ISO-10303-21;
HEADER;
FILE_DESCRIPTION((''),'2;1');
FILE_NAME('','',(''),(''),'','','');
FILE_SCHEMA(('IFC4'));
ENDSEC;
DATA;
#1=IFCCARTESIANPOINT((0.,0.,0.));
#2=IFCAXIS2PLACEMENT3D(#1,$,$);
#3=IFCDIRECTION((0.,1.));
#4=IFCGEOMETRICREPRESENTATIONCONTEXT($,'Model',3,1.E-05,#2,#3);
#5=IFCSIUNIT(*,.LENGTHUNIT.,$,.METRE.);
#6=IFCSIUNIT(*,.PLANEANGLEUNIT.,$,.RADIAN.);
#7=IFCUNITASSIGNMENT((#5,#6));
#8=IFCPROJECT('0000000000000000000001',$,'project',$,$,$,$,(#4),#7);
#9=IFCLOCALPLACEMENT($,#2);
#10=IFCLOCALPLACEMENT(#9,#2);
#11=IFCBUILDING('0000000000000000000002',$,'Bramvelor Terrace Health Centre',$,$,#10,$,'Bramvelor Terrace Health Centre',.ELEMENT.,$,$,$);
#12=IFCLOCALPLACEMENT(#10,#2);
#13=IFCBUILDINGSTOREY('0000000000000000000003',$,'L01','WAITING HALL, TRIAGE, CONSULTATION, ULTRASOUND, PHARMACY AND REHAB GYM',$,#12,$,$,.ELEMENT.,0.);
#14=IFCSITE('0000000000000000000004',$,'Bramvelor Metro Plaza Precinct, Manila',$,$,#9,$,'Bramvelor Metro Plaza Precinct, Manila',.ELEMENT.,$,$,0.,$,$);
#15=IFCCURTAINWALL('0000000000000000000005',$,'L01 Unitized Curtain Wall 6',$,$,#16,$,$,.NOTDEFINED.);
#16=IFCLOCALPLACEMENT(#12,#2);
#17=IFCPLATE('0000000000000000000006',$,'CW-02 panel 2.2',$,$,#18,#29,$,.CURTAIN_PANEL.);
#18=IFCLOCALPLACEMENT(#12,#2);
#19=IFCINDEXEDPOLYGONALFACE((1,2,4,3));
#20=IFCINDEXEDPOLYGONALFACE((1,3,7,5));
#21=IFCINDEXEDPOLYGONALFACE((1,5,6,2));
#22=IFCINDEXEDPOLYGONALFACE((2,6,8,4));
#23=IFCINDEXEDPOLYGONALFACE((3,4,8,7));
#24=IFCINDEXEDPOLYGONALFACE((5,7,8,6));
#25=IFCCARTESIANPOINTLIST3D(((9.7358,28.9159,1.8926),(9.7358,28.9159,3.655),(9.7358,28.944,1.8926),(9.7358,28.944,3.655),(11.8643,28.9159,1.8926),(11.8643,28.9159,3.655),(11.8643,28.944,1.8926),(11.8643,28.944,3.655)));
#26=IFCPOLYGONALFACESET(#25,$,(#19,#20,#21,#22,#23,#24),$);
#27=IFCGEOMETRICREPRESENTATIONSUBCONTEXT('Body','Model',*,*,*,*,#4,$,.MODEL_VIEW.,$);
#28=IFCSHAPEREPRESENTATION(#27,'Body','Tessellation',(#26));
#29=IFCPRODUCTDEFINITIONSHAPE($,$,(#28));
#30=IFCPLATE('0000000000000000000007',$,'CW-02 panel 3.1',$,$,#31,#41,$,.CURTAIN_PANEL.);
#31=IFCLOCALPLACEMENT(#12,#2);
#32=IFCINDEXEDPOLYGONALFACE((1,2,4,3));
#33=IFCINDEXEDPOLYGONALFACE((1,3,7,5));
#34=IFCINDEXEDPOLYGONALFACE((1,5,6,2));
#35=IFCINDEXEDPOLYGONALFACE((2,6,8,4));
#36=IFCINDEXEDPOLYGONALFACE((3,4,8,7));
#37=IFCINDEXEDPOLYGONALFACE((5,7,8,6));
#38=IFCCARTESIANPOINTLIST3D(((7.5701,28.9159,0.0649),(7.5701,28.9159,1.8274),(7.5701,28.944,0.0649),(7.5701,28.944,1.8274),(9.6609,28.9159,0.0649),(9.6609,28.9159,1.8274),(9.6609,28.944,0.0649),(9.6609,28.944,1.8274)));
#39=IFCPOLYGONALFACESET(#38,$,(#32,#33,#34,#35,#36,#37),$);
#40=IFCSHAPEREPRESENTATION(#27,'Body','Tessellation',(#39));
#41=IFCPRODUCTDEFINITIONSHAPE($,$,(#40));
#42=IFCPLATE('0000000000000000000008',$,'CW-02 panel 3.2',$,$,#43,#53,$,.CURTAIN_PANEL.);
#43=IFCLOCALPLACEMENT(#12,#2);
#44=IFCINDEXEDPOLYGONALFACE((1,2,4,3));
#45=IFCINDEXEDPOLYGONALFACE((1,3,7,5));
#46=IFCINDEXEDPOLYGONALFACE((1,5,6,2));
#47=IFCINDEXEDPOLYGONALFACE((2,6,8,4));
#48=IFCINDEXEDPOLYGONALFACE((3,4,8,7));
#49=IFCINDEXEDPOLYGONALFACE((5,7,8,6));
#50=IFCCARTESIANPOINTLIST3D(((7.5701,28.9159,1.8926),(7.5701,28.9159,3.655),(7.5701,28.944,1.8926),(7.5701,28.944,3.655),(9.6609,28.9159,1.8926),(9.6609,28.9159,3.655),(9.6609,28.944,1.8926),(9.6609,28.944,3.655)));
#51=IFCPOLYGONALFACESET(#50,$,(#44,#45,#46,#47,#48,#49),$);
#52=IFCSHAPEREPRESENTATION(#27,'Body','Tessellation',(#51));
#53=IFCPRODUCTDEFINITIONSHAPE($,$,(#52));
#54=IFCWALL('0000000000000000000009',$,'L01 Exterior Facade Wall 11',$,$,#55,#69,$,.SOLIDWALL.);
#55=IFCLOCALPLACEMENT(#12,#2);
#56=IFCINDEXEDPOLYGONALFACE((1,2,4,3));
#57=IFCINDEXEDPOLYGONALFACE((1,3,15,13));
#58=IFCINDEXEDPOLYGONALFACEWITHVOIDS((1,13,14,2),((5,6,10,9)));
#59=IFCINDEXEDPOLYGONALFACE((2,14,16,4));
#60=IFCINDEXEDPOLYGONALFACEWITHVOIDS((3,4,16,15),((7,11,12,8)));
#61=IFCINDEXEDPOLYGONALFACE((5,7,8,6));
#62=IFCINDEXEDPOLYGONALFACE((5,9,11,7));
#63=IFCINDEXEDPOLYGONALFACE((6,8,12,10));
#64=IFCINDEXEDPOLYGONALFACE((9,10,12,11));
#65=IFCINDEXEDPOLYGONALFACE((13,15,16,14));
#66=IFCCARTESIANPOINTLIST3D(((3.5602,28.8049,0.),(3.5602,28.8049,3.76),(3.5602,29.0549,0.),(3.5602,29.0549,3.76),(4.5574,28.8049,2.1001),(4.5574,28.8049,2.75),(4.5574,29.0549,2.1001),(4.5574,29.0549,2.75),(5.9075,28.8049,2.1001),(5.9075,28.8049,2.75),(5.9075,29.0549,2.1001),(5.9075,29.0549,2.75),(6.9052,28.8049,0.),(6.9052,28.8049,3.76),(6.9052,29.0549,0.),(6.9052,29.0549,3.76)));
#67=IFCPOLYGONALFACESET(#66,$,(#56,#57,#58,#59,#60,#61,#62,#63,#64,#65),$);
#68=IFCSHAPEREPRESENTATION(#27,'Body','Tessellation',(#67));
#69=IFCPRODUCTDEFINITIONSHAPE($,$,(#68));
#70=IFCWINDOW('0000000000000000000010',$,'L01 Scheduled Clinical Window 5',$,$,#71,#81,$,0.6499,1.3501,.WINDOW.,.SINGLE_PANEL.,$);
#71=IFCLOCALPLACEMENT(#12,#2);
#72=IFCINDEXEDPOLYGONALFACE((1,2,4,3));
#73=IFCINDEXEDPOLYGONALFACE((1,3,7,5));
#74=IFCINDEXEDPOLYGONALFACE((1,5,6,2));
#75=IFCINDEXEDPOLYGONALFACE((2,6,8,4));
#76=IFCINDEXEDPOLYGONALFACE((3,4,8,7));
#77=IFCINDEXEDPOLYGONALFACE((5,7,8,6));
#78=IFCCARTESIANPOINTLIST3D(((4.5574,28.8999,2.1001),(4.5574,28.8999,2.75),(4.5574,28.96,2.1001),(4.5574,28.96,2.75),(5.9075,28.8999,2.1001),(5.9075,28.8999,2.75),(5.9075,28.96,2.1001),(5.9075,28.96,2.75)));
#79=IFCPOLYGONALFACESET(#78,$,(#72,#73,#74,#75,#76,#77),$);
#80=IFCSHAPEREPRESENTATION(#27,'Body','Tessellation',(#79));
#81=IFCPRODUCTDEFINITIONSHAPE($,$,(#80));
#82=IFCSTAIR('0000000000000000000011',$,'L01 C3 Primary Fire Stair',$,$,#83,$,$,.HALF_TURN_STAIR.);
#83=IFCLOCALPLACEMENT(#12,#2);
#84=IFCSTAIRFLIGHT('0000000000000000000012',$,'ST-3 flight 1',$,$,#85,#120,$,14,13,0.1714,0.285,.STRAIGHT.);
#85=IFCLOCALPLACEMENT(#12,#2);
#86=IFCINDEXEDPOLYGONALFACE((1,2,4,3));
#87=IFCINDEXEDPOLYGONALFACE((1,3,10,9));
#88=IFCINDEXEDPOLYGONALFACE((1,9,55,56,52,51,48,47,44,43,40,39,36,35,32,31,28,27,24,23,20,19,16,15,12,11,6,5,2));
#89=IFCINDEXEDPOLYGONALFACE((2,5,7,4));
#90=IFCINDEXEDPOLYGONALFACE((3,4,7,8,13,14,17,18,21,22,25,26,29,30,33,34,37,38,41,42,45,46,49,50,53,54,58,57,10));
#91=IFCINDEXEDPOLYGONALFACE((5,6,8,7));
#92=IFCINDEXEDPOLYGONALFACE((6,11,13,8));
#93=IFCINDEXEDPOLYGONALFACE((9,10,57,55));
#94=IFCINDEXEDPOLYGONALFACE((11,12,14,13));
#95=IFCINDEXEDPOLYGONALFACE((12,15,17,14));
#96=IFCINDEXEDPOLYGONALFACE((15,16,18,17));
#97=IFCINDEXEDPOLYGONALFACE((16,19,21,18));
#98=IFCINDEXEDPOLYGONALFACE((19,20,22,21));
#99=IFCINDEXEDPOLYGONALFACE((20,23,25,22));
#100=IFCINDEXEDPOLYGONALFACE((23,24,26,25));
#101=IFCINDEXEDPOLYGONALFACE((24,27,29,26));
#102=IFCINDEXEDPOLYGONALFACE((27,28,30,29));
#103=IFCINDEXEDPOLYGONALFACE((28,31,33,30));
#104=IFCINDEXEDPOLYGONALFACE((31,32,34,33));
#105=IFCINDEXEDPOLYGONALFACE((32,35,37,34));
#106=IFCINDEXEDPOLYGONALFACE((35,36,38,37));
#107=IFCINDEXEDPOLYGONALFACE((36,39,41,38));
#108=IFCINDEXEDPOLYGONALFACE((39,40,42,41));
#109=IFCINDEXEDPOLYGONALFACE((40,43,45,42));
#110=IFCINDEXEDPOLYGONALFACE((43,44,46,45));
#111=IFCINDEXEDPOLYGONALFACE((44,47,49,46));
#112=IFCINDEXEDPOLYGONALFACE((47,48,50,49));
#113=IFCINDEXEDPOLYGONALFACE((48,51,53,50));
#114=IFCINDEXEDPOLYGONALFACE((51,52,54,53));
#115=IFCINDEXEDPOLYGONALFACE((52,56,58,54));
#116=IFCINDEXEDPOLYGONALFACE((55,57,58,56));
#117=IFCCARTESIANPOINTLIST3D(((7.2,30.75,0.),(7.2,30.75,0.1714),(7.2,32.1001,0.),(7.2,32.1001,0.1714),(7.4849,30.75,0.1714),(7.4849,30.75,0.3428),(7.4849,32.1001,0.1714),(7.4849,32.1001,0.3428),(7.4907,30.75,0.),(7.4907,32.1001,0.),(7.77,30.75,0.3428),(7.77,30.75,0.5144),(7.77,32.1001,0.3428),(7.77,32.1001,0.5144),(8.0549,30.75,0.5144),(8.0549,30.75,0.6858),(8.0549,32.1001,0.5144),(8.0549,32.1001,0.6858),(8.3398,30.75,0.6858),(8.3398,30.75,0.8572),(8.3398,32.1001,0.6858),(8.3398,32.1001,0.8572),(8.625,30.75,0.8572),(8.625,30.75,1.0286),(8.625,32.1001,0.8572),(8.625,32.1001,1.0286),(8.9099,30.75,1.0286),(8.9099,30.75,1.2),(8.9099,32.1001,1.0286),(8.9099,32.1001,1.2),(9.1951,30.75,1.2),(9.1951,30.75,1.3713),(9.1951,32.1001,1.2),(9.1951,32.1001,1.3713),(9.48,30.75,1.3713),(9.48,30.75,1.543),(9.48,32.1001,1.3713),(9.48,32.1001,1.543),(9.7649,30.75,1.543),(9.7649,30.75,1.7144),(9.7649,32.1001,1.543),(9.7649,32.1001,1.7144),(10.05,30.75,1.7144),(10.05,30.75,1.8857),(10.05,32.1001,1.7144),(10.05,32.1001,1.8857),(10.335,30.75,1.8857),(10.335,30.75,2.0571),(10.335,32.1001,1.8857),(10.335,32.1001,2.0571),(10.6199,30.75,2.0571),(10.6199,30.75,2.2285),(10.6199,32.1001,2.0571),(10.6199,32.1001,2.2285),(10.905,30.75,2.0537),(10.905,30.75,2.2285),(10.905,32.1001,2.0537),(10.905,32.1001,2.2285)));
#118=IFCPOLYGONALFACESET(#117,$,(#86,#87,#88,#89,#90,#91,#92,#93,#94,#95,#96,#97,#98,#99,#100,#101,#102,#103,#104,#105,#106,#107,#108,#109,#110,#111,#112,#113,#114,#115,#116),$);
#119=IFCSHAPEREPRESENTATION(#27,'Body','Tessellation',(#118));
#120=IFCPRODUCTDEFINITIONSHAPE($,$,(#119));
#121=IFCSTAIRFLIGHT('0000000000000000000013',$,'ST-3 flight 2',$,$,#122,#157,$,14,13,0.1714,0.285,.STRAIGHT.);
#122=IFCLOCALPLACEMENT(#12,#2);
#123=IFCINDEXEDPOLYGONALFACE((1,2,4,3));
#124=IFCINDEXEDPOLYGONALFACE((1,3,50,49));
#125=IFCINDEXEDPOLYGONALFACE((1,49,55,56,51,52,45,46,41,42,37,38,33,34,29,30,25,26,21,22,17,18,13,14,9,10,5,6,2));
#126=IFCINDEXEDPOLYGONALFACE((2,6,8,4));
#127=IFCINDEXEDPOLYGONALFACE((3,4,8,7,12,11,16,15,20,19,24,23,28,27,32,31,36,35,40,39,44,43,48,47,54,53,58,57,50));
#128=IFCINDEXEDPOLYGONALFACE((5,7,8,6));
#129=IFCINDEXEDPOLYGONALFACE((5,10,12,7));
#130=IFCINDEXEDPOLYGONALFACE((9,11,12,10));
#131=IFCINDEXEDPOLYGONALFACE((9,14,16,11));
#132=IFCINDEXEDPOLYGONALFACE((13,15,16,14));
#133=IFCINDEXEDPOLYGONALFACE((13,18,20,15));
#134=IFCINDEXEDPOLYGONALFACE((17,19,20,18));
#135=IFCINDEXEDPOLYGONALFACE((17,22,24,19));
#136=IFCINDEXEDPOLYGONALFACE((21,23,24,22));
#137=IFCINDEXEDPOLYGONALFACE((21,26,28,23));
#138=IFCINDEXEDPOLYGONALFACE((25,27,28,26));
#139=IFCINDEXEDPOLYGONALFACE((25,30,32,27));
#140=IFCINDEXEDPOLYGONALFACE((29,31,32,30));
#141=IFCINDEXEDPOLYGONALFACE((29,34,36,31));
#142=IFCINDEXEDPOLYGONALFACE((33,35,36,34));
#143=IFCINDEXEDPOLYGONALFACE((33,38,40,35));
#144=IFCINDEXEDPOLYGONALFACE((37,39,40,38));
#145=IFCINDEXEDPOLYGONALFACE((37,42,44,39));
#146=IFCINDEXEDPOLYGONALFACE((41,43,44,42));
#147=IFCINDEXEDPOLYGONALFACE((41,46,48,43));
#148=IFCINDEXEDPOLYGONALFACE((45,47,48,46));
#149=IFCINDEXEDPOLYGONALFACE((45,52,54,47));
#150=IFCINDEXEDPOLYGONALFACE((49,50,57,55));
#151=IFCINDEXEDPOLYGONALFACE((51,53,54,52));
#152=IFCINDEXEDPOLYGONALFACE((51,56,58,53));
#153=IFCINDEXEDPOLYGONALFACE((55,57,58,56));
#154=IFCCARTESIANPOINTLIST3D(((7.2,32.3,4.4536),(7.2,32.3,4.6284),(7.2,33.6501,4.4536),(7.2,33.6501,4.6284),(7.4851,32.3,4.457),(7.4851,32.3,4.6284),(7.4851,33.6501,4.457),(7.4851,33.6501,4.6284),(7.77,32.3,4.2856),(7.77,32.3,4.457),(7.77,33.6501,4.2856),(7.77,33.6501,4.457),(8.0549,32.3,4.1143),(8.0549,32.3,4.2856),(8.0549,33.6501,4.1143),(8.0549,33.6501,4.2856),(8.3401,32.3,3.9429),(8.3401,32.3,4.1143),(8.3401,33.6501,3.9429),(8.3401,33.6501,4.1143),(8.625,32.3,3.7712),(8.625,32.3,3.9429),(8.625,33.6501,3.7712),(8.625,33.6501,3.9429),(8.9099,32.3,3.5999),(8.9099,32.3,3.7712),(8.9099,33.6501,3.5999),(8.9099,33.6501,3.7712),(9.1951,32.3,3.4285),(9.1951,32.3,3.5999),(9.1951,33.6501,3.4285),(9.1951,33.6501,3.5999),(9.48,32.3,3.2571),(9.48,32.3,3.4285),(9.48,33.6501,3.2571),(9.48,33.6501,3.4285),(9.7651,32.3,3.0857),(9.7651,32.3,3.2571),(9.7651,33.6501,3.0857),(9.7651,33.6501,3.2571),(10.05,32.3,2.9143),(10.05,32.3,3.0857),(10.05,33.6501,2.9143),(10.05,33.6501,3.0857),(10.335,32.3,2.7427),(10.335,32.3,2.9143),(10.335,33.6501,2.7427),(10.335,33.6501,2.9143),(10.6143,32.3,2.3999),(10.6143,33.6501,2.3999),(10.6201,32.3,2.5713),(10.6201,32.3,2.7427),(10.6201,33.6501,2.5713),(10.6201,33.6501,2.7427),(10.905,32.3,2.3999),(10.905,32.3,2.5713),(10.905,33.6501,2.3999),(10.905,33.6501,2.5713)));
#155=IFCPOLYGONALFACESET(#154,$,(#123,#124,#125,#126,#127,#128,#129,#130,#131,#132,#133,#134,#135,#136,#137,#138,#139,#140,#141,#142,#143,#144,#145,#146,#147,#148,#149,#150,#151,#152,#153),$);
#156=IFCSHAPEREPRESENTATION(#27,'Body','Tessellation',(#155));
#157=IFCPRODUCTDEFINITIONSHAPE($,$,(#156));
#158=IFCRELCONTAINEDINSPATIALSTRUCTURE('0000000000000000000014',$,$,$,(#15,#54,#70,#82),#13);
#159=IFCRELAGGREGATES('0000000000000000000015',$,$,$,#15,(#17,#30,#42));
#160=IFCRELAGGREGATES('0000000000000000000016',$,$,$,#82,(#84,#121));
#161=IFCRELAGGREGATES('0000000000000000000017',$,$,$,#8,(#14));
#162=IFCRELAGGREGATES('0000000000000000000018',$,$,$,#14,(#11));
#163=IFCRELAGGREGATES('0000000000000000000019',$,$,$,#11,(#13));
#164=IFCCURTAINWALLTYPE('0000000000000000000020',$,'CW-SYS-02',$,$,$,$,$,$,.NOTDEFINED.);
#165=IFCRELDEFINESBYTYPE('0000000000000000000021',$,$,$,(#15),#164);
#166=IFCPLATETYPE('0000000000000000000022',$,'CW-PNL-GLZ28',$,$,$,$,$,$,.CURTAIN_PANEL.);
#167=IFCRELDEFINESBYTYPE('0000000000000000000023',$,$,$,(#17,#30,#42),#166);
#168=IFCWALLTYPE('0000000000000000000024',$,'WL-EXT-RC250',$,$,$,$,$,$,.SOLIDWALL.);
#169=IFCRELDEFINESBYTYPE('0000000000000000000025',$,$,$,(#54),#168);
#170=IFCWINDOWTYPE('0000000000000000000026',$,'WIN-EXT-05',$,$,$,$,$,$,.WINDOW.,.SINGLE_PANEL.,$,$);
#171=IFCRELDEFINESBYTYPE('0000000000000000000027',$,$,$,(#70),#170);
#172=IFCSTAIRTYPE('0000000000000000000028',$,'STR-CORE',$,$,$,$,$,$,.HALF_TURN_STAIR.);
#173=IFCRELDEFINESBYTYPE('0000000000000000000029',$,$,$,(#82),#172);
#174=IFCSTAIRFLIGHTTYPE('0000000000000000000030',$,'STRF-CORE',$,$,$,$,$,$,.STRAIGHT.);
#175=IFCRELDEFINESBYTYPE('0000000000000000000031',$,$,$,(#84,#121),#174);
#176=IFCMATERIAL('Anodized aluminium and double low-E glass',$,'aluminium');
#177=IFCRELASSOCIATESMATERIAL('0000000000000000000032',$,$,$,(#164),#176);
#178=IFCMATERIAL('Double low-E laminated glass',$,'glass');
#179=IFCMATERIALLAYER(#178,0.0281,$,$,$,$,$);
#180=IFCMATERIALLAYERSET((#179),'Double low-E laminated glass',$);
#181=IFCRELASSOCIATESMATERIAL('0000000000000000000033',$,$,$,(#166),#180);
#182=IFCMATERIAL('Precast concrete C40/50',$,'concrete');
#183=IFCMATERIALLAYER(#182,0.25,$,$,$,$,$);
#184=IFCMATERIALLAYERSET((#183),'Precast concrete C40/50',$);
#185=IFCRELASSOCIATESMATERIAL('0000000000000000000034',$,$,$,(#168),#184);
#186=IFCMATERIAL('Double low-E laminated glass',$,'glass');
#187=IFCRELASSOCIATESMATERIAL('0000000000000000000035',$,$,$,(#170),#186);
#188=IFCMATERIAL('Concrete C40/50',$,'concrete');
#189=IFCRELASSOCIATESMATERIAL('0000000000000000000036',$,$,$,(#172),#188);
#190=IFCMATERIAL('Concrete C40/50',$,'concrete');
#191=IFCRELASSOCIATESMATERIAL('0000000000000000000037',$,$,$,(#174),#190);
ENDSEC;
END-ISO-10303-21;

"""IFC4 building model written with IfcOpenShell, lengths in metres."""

from ifc_helpers import new_model, si_unit, direction, frame, frame_2d, origin, origin_2d, place, context, subcontext, project, spatial, polyline, rectangle, outline, extrude, material, layer, layer_set, type_object, element, fill, aggregate, save


model = new_model("IFC4")

# Units and contexts
model_context = context("Model", 3, precision=1e-05, world=origin(), true_north=direction((0.0, 1.0)))
body_context = subcontext(model_context, "Body", "Model", "MODEL_VIEW")
ifc_project = project(units=[si_unit("LENGTHUNIT", "METRE"), si_unit("PLANEANGLEUNIT", "RADIAN")], contexts=[model_context])

# Site, building, storey
site_placement = place(None, origin())
site = spatial("IfcSite", under=ifc_project, at=site_placement, Name="Bramvelor Metro Plaza Precinct, Manila", LongName="Bramvelor Metro Plaza Precinct, Manila", CompositionType="ELEMENT", RefElevation=0.0)
building_placement = place(site_placement, origin())
building = spatial("IfcBuilding", under=site, at=building_placement, Name="Bramvelor Terrace Health Centre", LongName="Bramvelor Terrace Health Centre", CompositionType="ELEMENT")
storey_placement = place(building_placement, origin())
storey = spatial("IfcBuildingStorey", under=building, at=storey_placement, Name="L01", Description="WAITING HALL, TRIAGE, CONSULTATION, ULTRASOUND, PHARMACY AND REHAB GYM", CompositionType="ELEMENT", Elevation=0.0)

# Curtain wall, plates
ifc_material_1 = material(Name="Anodized aluminium and double low-E glass", Category="aluminium")
curtain_wall_type = type_object("IfcCurtainWallType", Name="CW-SYS-02", PredefinedType="NOTDEFINED", material=ifc_material_1)
curtain_wall_placement = place(storey_placement, origin())
curtain_wall = element("IfcCurtainWall", 1, at=curtain_wall_placement, inside=storey, type_object=curtain_wall_type, Name="L01 Unitized Curtain Wall 6", PredefinedType="NOTDEFINED")
ifc_material_2 = material(Name="Double low-E laminated glass", Category="glass")
ifc_layer_1 = layer(ifc_material_2, 0.0281)
ifc_layer_set_1 = layer_set([ifc_layer_1], Name="Double low-E laminated glass")
plate_type = type_object("IfcPlateType", Name="CW-PNL-GLZ28", PredefinedType="CURTAIN_PANEL", material=ifc_layer_set_1)
plate_1_placement = place(storey_placement, frame((10.8, 28.9299, 1.8926), z_axis=(0.0, 0.0, 1.0), x_axis=(-1.0, 0.0, 0.0)))
plate_1 = element("IfcPlate", 2, at=plate_1_placement, type_object=plate_type, Name="CW-02 panel 2.2", PredefinedType="CURTAIN_PANEL", context=body_context, shape_type="SweptSolid", body=[
    extrude(rectangle(XDim=2.1284, YDim=0.0281, at=origin_2d()), origin(), (0.0, 0.0, 1.0), 1.7625),
])
plate_2_placement = place(storey_placement, frame((8.6155, 28.9299, 0.0649), z_axis=(0.0, 0.0, 1.0), x_axis=(-1.0, 0.0, 0.0)))
plate_2 = element("IfcPlate", 3, at=plate_2_placement, type_object=plate_type, Name="CW-02 panel 3.1", PredefinedType="CURTAIN_PANEL", context=body_context, shape_type="SweptSolid", body=[
    extrude(rectangle(XDim=2.0908, YDim=0.0281, at=origin_2d()), origin(), (0.0, 0.0, 1.0), 1.7625),
])
plate_3_placement = place(storey_placement, frame((8.6155, 28.9299, 1.8926), z_axis=(0.0, 0.0, 1.0), x_axis=(-1.0, 0.0, 0.0)))
plate_3 = element("IfcPlate", 4, at=plate_3_placement, type_object=plate_type, Name="CW-02 panel 3.2", PredefinedType="CURTAIN_PANEL", context=body_context, shape_type="SweptSolid", body=[
    extrude(rectangle(XDim=2.0908, YDim=0.0281, at=origin_2d()), origin(), (0.0, 0.0, 1.0), 1.7625),
])
aggregate(curtain_wall, [plate_1, plate_2, plate_3])

# Wall, opening, window
ifc_material_3 = material(Name="Precast concrete C40/50", Category="concrete")
ifc_layer_2 = layer(ifc_material_3, 0.25)
ifc_layer_set_2 = layer_set([ifc_layer_2], Name="Precast concrete C40/50")
wall_type = type_object("IfcWallType", Name="WL-EXT-RC250", PredefinedType="SOLIDWALL", material=ifc_layer_set_2)
wall_placement = place(storey_placement, frame((6.905, 28.9299, 0.0), z_axis=(0.0, 0.0, 1.0), x_axis=(-1.0, 0.0, 0.0)))
wall = element("IfcWall", 5, at=wall_placement, inside=storey, type_object=wall_type, Name="L01 Exterior Facade Wall 11", PredefinedType="SOLIDWALL", context=body_context, shape_type="SweptSolid", body=[
    extrude(rectangle(XDim=3.345, YDim=0.25, at=frame_2d((1.6724, 0.0))), origin(), (0.0, 0.0, 1.0), 3.76),
])
opening_placement = place(wall_placement, frame((0.9976, 0.0, 2.1001)))
opening = element("IfcOpeningElement", 6, at=opening_placement, cuts=wall, PredefinedType="OPENING", context=body_context, shape_type="SweptSolid", body=[
    extrude(rectangle(XDim=1.3501, YDim=0.6499, at=frame_2d((0.675, 0.325))), frame((0.0, 0.135, 0.0), z_axis=(0.0, -1.0, 0.0), x_axis=(1.0, 0.0, 0.0)), (0.0, 0.0, 1.0), 0.27),
])
ifc_material_4 = material(Name="Double low-E laminated glass", Category="glass")
window_type = type_object("IfcWindowType", Name="WIN-EXT-05", PartitioningType="SINGLE_PANEL", PredefinedType="WINDOW", material=ifc_material_4)
window_placement = place(opening_placement, origin())
window = element("IfcWindow", 7, at=window_placement, inside=storey, type_object=window_type, Name="L01 Scheduled Clinical Window 5", OverallHeight=0.6499, OverallWidth=1.3501, PartitioningType="SINGLE_PANEL", PredefinedType="WINDOW", context=body_context, shape_type="SweptSolid", body=[
    extrude(rectangle(XDim=1.3501, YDim=0.6499, at=frame_2d((0.675, 0.325))), frame((0.0, 0.03, 0.0), z_axis=(0.0, -1.0, 0.0), x_axis=(1.0, 0.0, 0.0)), (0.0, 0.0, 1.0), 0.0601),
])
fill(opening, window)

# Stair, stair flights
ifc_material_5 = material(Name="Concrete C40/50", Category="concrete")
stair_type = type_object("IfcStairType", Name="STR-CORE", PredefinedType="HALF_TURN_STAIR", material=ifc_material_5)
stair_placement = place(storey_placement, origin())
stair = element("IfcStair", 8, at=stair_placement, inside=storey, type_object=stair_type, Name="L01 C3 Primary Fire Stair", PredefinedType="HALF_TURN_STAIR")
ifc_material_6 = material(Name="Concrete C40/50", Category="concrete")
stair_flight_type = type_object("IfcStairFlightType", Name="STRF-CORE", PredefinedType="STRAIGHT", material=ifc_material_6)
stair_flight_1_placement = place(storey_placement, frame((7.2, 31.425, 0.0), z_axis=(0.0, 0.0, 1.0), x_axis=(1.0, 0.0, 0.0)))
stair_flight_1 = element("IfcStairFlight", 9, at=stair_flight_1_placement, type_object=stair_flight_type, Name="ST-3 flight 1", NumberOfRisers=14, NumberOfTreads=13, PredefinedType="STRAIGHT", RiserHeight=0.1714, TreadLength=0.285, context=body_context, shape_type="SweptSolid", body=[
    extrude(outline(polyline([(0.0, 0.0), (0.0, 0.1714), (0.2849, 0.1714), (0.2849, 0.3428), (0.5701, 0.3428), (0.5701, 0.5144), (0.855, 0.5144), (0.855, 0.6858), (1.1399, 0.6858), (1.1399, 0.8572), (1.425, 0.8572), (1.425, 1.0286), (1.71, 1.0286), (1.71, 1.2), (1.9951, 1.2), (1.9951, 1.3713), (2.28, 1.3713), (2.28, 1.543), (2.5649, 1.543), (2.5649, 1.7144), (2.8501, 1.7144), (2.8501, 1.8857), (3.135, 1.8857), (3.135, 2.0571), (3.4199, 2.0571), (3.4199, 2.2285), (3.7051, 2.2285), (3.7051, 2.3999), (3.7051, 2.0537), (0.2908, 0.0), (0.0, 0.0)])), frame((0.0, 0.675, 0.0), z_axis=(0.0, -1.0, 0.0), x_axis=(1.0, 0.0, 0.0)), (0.0, 0.0, 1.0), 1.3501),
])
stair_flight_2_placement = place(storey_placement, frame((10.905, 32.9751, 2.3999), z_axis=(0.0, 0.0, 1.0), x_axis=(-1.0, 0.0, 0.0)))
stair_flight_2 = element("IfcStairFlight", 10, at=stair_flight_2_placement, type_object=stair_flight_type, Name="ST-3 flight 2", NumberOfRisers=14, NumberOfTreads=13, PredefinedType="STRAIGHT", RiserHeight=0.1714, TreadLength=0.285, context=body_context, shape_type="SweptSolid", body=[
    extrude(outline(polyline([(0.0, 0.0), (0.0, 0.1714), (0.2849, 0.1714), (0.2849, 0.3428), (0.5701, 0.3428), (0.5701, 0.5144), (0.855, 0.5144), (0.855, 0.6858), (1.1399, 0.6858), (1.1399, 0.8572), (1.425, 0.8572), (1.425, 1.0286), (1.71, 1.0286), (1.71, 1.2), (1.9951, 1.2), (1.9951, 1.3713), (2.28, 1.3713), (2.28, 1.543), (2.5649, 1.543), (2.5649, 1.7144), (2.8501, 1.7144), (2.8501, 1.8857), (3.135, 1.8857), (3.135, 2.0571), (3.4199, 2.0571), (3.4199, 2.2285), (3.7051, 2.2285), (3.7051, 2.3999), (3.7051, 2.0537), (0.2908, 0.0), (0.0, 0.0)])), frame((0.0, 0.675, 0.0), z_axis=(0.0, -1.0, 0.0), x_axis=(1.0, 0.0, 0.0)), (0.0, 0.0, 1.0), 1.3501),
])
aggregate(stair, [stair_flight_1, stair_flight_2])

save(model, "model.ifc")
